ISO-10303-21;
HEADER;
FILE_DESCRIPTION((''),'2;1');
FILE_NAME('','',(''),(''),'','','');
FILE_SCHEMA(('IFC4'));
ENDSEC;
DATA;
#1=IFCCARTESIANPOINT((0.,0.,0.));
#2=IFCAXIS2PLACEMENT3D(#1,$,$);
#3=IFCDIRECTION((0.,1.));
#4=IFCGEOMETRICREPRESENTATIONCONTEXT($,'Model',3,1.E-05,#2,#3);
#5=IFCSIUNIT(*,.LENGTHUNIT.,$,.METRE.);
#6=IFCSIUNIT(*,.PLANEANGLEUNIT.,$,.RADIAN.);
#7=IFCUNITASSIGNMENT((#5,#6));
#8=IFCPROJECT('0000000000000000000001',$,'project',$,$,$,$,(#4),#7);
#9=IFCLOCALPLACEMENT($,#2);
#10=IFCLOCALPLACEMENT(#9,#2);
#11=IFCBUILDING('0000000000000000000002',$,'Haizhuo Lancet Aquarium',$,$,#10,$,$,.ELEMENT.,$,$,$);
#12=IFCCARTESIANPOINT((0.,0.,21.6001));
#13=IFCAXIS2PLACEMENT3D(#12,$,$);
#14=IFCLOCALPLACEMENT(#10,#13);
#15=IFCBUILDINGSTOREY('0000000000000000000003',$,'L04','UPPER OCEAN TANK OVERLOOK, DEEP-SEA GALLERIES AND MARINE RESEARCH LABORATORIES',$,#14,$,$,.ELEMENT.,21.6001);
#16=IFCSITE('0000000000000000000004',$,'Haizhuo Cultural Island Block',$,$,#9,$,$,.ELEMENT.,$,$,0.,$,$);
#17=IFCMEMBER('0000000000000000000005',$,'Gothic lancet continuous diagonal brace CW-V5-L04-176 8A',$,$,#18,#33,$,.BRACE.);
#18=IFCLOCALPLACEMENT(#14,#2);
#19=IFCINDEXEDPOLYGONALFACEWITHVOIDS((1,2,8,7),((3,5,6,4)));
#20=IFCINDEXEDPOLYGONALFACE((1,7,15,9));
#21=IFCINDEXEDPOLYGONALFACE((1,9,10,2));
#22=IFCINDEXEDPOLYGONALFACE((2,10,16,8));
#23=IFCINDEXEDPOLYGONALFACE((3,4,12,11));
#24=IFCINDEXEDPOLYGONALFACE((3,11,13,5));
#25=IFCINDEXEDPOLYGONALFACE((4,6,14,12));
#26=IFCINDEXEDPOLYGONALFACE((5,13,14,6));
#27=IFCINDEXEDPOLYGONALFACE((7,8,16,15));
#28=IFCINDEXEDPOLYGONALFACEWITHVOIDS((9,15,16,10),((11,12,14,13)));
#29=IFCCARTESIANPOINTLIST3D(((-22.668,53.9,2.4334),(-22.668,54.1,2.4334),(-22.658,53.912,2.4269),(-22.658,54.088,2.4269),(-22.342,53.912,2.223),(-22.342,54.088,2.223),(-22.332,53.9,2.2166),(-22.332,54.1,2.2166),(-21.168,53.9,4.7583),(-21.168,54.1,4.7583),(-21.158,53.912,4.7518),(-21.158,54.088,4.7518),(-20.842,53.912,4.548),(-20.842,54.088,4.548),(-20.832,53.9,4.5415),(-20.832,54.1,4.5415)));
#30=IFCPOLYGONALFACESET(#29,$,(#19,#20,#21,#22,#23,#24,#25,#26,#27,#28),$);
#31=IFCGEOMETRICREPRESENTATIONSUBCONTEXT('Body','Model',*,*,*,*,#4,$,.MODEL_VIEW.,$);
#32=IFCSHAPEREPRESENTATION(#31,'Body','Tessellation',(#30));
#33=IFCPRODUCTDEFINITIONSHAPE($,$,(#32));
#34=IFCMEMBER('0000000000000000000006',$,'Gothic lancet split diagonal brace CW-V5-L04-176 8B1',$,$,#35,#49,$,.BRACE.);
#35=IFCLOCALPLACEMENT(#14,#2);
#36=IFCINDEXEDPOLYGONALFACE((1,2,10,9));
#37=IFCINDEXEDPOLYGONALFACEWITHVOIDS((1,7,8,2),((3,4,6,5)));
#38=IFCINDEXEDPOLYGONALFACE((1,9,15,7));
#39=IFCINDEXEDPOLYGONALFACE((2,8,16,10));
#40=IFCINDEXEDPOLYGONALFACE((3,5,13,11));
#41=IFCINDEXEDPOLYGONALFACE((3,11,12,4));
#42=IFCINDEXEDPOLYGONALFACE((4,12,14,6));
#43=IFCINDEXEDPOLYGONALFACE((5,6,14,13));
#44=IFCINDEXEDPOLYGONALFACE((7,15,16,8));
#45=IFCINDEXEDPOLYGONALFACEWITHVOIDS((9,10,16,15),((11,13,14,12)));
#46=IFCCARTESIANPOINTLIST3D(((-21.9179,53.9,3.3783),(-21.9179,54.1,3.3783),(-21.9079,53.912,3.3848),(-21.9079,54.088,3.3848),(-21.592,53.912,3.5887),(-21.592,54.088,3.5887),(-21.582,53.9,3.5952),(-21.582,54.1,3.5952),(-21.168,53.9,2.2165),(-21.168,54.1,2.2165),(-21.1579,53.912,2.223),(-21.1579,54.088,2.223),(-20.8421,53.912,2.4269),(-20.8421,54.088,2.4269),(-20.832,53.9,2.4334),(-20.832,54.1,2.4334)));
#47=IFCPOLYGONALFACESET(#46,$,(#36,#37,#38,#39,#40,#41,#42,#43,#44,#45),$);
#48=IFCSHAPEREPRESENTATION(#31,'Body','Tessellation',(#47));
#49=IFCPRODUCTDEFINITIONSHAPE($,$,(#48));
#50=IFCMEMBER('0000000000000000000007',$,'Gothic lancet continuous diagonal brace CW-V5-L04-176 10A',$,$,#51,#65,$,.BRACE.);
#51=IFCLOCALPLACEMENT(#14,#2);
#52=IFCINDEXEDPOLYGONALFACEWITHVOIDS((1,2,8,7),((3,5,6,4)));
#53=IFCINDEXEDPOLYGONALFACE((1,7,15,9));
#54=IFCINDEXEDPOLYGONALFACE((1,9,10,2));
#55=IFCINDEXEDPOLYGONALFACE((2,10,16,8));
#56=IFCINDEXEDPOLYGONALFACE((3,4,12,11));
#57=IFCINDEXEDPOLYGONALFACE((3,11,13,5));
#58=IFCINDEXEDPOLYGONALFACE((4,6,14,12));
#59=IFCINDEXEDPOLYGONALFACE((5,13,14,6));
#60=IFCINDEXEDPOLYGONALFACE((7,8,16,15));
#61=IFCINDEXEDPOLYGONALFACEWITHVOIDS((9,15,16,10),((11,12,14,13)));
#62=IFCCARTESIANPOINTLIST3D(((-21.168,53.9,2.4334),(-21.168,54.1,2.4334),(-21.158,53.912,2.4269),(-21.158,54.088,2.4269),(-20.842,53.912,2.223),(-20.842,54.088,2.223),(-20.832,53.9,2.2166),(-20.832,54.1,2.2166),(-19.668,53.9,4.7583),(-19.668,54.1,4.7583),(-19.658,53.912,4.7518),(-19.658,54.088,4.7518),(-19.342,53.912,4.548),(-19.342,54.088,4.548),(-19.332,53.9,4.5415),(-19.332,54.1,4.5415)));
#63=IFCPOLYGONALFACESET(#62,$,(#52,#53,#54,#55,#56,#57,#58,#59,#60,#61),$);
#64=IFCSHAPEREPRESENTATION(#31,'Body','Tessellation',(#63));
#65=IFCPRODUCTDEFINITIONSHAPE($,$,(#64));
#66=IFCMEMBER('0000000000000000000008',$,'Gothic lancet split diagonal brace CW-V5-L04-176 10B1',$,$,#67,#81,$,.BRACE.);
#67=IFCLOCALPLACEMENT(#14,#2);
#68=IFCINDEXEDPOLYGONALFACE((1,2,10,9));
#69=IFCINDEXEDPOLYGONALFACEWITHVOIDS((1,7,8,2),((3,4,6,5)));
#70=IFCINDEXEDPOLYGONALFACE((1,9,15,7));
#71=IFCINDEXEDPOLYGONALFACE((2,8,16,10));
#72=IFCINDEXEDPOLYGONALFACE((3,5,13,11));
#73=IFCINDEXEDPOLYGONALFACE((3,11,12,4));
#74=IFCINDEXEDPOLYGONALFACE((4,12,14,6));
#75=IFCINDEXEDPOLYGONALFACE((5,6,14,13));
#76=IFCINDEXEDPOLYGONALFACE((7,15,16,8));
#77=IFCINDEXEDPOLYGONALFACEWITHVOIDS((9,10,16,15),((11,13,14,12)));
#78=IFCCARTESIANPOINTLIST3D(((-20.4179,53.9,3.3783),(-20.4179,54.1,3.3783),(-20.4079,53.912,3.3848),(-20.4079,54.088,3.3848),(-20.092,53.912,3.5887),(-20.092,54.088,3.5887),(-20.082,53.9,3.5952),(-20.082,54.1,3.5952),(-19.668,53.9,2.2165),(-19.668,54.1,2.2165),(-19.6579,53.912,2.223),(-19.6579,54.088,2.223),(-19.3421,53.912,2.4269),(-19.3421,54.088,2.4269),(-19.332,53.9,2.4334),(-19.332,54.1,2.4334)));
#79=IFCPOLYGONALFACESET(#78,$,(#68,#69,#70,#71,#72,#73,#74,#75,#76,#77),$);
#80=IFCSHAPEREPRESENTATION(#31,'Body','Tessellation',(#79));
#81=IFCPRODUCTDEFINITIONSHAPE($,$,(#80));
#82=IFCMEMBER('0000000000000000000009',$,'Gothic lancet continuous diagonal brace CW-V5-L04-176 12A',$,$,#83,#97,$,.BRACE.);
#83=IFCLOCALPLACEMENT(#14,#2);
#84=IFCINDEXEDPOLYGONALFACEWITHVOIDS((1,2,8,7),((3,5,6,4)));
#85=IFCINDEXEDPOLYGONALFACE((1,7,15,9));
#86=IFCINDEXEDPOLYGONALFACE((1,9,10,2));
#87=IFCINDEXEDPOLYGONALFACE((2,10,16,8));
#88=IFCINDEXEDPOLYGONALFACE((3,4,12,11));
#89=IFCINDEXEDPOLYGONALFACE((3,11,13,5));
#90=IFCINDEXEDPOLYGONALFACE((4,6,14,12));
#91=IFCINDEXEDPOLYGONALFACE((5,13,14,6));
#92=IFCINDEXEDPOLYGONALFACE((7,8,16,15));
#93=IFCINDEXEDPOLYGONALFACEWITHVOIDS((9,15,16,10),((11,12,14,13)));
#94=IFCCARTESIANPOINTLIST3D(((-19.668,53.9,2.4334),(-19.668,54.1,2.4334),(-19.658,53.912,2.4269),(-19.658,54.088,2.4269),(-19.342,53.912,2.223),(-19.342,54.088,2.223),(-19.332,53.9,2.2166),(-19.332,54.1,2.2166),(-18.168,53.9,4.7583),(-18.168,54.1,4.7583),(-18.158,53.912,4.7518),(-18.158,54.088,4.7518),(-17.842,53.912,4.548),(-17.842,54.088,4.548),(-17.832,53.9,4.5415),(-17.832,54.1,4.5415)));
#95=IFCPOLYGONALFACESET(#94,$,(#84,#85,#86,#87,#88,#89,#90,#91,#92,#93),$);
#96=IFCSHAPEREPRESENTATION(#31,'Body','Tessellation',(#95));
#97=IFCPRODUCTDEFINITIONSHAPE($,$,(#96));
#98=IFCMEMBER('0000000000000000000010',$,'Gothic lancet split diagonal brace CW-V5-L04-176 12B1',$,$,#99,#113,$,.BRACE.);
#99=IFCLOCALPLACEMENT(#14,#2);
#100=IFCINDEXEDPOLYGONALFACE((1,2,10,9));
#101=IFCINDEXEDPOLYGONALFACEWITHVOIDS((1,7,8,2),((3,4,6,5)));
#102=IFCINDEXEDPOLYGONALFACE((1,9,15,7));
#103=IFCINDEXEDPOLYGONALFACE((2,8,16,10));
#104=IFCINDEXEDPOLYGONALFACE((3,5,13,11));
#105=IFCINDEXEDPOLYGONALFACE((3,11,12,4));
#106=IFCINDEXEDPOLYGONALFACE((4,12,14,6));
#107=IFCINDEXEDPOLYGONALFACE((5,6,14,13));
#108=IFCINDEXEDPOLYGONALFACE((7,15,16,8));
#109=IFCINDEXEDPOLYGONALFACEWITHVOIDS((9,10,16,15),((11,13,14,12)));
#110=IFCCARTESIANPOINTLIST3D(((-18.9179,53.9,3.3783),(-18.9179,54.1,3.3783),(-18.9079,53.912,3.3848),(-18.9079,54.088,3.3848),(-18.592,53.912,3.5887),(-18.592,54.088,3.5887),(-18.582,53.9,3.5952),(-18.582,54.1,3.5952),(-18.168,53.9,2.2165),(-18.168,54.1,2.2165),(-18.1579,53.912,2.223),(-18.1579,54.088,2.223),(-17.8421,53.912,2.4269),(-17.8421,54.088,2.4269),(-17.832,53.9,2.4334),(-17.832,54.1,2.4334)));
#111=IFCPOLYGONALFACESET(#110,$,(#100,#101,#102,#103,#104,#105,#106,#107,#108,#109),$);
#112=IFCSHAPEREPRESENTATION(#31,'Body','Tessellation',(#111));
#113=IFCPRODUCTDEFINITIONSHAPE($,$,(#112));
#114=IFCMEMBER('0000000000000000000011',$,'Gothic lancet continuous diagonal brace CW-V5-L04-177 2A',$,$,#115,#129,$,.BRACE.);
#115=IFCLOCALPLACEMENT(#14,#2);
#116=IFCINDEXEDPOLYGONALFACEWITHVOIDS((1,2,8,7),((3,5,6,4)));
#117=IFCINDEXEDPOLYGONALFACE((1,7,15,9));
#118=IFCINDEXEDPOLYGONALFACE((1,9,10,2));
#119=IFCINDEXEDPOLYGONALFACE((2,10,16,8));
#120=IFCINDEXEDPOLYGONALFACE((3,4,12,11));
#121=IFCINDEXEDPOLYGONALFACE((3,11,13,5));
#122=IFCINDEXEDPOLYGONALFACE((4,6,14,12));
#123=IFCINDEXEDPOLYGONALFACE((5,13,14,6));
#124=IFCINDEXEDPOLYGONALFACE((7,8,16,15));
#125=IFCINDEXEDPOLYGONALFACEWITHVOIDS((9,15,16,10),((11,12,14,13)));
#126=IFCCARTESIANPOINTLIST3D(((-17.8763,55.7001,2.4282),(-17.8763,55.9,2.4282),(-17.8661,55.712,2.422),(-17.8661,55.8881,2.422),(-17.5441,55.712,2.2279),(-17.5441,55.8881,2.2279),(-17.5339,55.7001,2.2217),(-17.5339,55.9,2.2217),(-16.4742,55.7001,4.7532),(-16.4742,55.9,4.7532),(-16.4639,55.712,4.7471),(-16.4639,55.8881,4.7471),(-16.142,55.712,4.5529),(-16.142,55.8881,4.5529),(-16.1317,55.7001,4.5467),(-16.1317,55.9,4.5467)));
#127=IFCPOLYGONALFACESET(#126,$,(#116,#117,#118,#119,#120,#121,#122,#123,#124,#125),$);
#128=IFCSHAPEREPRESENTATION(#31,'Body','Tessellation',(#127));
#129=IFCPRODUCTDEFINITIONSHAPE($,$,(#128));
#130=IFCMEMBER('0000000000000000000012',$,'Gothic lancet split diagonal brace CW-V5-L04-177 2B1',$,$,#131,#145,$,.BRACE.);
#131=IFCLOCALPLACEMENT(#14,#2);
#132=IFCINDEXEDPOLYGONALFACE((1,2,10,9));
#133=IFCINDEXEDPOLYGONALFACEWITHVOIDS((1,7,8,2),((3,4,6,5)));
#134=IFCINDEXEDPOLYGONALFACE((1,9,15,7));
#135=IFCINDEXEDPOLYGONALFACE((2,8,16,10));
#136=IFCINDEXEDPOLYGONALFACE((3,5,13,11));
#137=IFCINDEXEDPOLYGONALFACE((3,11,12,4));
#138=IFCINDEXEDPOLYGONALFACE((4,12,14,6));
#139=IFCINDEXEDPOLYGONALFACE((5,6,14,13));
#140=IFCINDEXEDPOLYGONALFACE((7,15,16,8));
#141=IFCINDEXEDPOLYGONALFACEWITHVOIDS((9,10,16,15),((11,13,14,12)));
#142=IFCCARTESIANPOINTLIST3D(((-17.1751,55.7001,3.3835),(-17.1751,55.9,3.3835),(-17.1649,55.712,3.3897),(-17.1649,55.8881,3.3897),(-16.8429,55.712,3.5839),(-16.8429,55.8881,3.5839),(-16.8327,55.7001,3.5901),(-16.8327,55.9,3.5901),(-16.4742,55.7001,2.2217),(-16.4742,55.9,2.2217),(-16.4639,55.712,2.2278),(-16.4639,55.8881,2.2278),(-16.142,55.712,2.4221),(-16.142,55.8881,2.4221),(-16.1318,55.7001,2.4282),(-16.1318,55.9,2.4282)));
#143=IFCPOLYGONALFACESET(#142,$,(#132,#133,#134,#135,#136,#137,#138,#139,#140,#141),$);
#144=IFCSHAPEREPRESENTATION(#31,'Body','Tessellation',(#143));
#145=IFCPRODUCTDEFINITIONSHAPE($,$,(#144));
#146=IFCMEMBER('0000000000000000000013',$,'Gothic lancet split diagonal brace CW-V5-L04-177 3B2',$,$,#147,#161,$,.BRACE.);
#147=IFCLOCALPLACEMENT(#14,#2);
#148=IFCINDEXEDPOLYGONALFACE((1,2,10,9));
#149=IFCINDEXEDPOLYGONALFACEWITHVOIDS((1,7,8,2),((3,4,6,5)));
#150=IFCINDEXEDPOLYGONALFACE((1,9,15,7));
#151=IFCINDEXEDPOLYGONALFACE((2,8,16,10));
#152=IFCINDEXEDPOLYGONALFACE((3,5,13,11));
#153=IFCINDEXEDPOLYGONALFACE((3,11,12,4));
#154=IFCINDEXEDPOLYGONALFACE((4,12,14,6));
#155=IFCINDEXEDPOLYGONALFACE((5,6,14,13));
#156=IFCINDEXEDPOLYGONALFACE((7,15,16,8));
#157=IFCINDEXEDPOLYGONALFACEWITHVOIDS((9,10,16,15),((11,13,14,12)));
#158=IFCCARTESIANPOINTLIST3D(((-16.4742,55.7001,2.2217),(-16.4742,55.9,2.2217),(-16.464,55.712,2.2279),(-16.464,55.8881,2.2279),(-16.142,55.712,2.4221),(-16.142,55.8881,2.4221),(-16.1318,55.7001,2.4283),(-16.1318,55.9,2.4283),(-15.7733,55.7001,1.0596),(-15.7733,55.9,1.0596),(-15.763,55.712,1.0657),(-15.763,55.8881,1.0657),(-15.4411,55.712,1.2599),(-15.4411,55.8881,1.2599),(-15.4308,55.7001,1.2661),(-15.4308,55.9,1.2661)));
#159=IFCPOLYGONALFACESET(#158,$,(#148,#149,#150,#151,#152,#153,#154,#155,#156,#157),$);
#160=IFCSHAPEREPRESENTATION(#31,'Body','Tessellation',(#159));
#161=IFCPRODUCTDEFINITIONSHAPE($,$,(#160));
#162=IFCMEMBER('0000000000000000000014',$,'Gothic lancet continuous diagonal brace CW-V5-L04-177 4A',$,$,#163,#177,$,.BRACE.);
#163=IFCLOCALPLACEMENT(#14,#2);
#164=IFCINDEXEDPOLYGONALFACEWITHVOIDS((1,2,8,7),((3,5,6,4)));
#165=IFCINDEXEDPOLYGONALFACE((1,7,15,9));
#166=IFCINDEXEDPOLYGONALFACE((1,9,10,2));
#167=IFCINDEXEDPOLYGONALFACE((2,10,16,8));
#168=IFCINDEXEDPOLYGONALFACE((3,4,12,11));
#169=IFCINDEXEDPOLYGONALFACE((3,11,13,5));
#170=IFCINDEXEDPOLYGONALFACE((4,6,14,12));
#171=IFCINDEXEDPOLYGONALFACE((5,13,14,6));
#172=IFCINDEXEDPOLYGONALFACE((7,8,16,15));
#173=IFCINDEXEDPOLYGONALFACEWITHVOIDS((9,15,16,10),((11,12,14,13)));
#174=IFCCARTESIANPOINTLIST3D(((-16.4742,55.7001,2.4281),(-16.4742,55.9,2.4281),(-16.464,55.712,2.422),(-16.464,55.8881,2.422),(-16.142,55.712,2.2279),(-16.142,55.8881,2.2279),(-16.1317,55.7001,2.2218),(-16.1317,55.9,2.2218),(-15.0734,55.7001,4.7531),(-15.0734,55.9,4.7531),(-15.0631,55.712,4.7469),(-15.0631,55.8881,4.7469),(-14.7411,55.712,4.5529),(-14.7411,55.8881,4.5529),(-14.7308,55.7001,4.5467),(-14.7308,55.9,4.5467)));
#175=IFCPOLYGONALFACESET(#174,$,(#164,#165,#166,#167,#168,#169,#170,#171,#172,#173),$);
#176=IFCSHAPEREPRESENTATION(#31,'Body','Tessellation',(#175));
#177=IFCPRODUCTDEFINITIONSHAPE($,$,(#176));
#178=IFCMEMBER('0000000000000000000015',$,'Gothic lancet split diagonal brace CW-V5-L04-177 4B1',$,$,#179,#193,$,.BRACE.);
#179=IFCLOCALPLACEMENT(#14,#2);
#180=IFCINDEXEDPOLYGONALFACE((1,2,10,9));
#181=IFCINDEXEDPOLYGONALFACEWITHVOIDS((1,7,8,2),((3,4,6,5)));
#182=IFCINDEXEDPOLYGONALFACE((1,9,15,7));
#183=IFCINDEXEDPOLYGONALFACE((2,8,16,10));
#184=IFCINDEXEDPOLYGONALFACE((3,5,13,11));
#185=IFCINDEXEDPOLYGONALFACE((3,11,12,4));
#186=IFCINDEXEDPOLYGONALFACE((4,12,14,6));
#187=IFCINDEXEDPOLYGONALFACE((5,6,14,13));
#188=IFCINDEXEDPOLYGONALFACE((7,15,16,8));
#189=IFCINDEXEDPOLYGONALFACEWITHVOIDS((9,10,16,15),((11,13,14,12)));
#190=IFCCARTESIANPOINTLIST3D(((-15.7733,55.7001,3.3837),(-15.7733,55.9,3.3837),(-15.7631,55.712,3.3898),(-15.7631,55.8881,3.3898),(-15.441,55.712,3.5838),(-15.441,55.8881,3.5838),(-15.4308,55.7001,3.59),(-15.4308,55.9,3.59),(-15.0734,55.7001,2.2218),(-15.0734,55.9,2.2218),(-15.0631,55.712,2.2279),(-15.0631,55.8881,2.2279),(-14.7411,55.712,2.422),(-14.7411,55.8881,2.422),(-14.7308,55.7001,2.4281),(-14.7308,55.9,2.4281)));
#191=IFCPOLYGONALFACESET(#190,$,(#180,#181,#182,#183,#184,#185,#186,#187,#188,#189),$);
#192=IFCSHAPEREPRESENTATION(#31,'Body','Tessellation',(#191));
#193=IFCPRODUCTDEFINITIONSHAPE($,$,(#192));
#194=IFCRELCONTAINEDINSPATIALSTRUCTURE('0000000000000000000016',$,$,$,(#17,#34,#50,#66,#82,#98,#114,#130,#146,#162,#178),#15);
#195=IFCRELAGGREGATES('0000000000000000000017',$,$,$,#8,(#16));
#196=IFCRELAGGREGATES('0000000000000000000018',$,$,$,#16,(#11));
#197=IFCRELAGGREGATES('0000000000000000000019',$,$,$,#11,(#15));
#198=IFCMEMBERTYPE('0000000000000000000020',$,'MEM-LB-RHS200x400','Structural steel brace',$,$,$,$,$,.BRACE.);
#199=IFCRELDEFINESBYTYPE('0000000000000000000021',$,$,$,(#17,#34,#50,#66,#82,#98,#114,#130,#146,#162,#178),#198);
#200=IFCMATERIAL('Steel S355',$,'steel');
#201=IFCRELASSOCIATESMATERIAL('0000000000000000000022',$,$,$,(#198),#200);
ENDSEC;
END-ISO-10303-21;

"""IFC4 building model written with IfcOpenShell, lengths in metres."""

from ifc_helpers import new_model, si_unit, direction, frame, origin, origin_2d, place, context, subcontext, project, spatial, hollow_rectangle, extrude, material, material_profile, profile_set, type_object, element, save


model = new_model("IFC4")

# Units and contexts
model_context = context("Model", 3, precision=1e-05, world=origin(), true_north=direction((0.0, 1.0)))
body_context = subcontext(model_context, "Body", "Model", "MODEL_VIEW")
ifc_project = project(units=[si_unit("LENGTHUNIT", "METRE"), si_unit("PLANEANGLEUNIT", "RADIAN")], contexts=[model_context])

# Site, building, storey
site_placement = place(None, origin())
site = spatial("IfcSite", under=ifc_project, at=site_placement, Name="Haizhuo Cultural Island Block", CompositionType="ELEMENT", RefElevation=0.0)
building_placement = place(site_placement, origin())
building = spatial("IfcBuilding", under=site, at=building_placement, Name="Haizhuo Lancet Aquarium", CompositionType="ELEMENT")
storey_placement = place(building_placement, frame((0.0, 0.0, 21.6001)))
storey = spatial("IfcBuildingStorey", under=building, at=storey_placement, Name="L04", Description="UPPER OCEAN TANK OVERLOOK, DEEP-SEA GALLERIES AND MARINE RESEARCH LABORATORIES", CompositionType="ELEMENT", Elevation=21.6001)

# Members
ifc_material_1 = material(Name="Steel S355", Category="steel")
ifc_material_profile_1 = material_profile(ifc_material_1, hollow_rectangle(XDim=0.2, YDim=0.3999, WallThickness=0.012, at=origin_2d()), Name="RHS 200x400x12")
ifc_profile_set_1 = profile_set([ifc_material_profile_1], Name="Steel S355")
member_type_1 = type_object("IfcMemberType", Name="MEM-LB-RHS200x400", Description="Structural steel brace", PredefinedType="BRACE", material=ifc_profile_set_1)
member_1_placement = place(storey_placement, frame((-22.5, 54.0, 2.325), z_axis=(0.542135, 0.0, 0.840291), x_axis=(0.0, 1.0, 0.0)))
element("IfcMember", 1, at=member_1_placement, inside=storey, type_object=member_type_1, Name="Gothic lancet continuous diagonal brace CW-V5-L04-176 8A", PredefinedType="BRACE", context=body_context, shape_type="SweptSolid", body=[
    extrude(hollow_rectangle(XDim=0.2, YDim=0.3999, WallThickness=0.012, at=origin_2d()), origin(), (0.0, 0.0, 1.0), 2.7668),
])
member_2_placement = place(storey_placement, frame((-21.0, 54.0, 2.325), z_axis=(-0.542336, 0.0, 0.840162), x_axis=(0.0, -1.0, 0.0)))
element("IfcMember", 2, at=member_2_placement, inside=storey, type_object=member_type_1, Name="Gothic lancet split diagonal brace CW-V5-L04-176 8B1", PredefinedType="BRACE", context=body_context, shape_type="SweptSolid", body=[
    extrude(hollow_rectangle(XDim=0.2, YDim=0.3999, WallThickness=0.012, at=origin_2d()), origin(), (0.0, 0.0, 1.0), 1.3828),
])
member_3_placement = place(storey_placement, frame((-21.0, 54.0, 2.325), z_axis=(0.542135, 0.0, 0.840291), x_axis=(0.0, 1.0, 0.0)))
element("IfcMember", 3, at=member_3_placement, inside=storey, type_object=member_type_1, Name="Gothic lancet continuous diagonal brace CW-V5-L04-176 10A", PredefinedType="BRACE", context=body_context, shape_type="SweptSolid", body=[
    extrude(hollow_rectangle(XDim=0.2, YDim=0.3999, WallThickness=0.012, at=origin_2d()), origin(), (0.0, 0.0, 1.0), 2.7668),
])
member_4_placement = place(storey_placement, frame((-19.5, 54.0, 2.325), z_axis=(-0.542336, 0.0, 0.840162), x_axis=(0.0, -1.0, 0.0)))
element("IfcMember", 4, at=member_4_placement, inside=storey, type_object=member_type_1, Name="Gothic lancet split diagonal brace CW-V5-L04-176 10B1", PredefinedType="BRACE", context=body_context, shape_type="SweptSolid", body=[
    extrude(hollow_rectangle(XDim=0.2, YDim=0.3999, WallThickness=0.012, at=origin_2d()), origin(), (0.0, 0.0, 1.0), 1.3828),
])
member_5_placement = place(storey_placement, frame((-19.5, 54.0, 2.325), z_axis=(0.542135, 0.0, 0.840291), x_axis=(0.0, 1.0, 0.0)))
element("IfcMember", 5, at=member_5_placement, inside=storey, type_object=member_type_1, Name="Gothic lancet continuous diagonal brace CW-V5-L04-176 12A", PredefinedType="BRACE", context=body_context, shape_type="SweptSolid", body=[
    extrude(hollow_rectangle(XDim=0.2, YDim=0.3999, WallThickness=0.012, at=origin_2d()), origin(), (0.0, 0.0, 1.0), 2.7668),
])
member_6_placement = place(storey_placement, frame((-18.0, 54.0, 2.325), z_axis=(-0.542336, 0.0, 0.840162), x_axis=(0.0, -1.0, 0.0)))
element("IfcMember", 6, at=member_6_placement, inside=storey, type_object=member_type_1, Name="Gothic lancet split diagonal brace CW-V5-L04-176 12B1", PredefinedType="BRACE", context=body_context, shape_type="SweptSolid", body=[
    extrude(hollow_rectangle(XDim=0.2, YDim=0.3999, WallThickness=0.012, at=origin_2d()), origin(), (0.0, 0.0, 1.0), 1.3828),
])
member_7_placement = place(storey_placement, frame((-17.7051, 55.8, 2.325), z_axis=(0.516425, 0.0, 0.856332), x_axis=(0.0, 1.0, 0.0)))
element("IfcMember", 7, at=member_7_placement, inside=storey, type_object=member_type_1, Name="Gothic lancet continuous diagonal brace CW-V5-L04-177 2A", PredefinedType="BRACE", context=body_context, shape_type="SweptSolid", body=[
    extrude(hollow_rectangle(XDim=0.2, YDim=0.3999, WallThickness=0.012, at=origin_2d()), origin(), (0.0, 0.0, 1.0), 2.7151),
])
member_8_placement = place(storey_placement, frame((-16.303, 55.8, 2.325), z_axis=(-0.516558, 0.0, 0.856252), x_axis=(0.0, -1.0, 0.0)))
element("IfcMember", 8, at=member_8_placement, inside=storey, type_object=member_type_1, Name="Gothic lancet split diagonal brace CW-V5-L04-177 2B1", PredefinedType="BRACE", context=body_context, shape_type="SweptSolid", body=[
    extrude(hollow_rectangle(XDim=0.2, YDim=0.3999, WallThickness=0.012, at=origin_2d()), origin(), (0.0, 0.0, 1.0), 1.3569),
])
member_9_placement = place(storey_placement, frame((-15.6021, 55.8, 1.1628), z_axis=(-0.516479, 0.0, 0.8563), x_axis=(0.0, -1.0, 0.0)))
element("IfcMember", 9, at=member_9_placement, inside=storey, type_object=member_type_1, Name="Gothic lancet split diagonal brace CW-V5-L04-177 3B2", PredefinedType="BRACE", context=body_context, shape_type="SweptSolid", body=[
    extrude(hollow_rectangle(XDim=0.2, YDim=0.3999, WallThickness=0.012, at=origin_2d()), origin(), (0.0, 0.0, 1.0), 1.3572),
])
member_10_placement = place(storey_placement, frame((-16.303, 55.8, 2.325), z_axis=(0.516095, 0.0, 0.856531), x_axis=(0.0, 1.0, 0.0)))
element("IfcMember", 10, at=member_10_placement, inside=storey, type_object=member_type_1, Name="Gothic lancet continuous diagonal brace CW-V5-L04-177 4A", PredefinedType="BRACE", context=body_context, shape_type="SweptSolid", body=[
    extrude(hollow_rectangle(XDim=0.2, YDim=0.3999, WallThickness=0.012, at=origin_2d()), origin(), (0.0, 0.0, 1.0), 2.7144),
])
member_11_placement = place(storey_placement, frame((-14.9021, 55.8, 2.325), z_axis=(-0.51603, 0.0, 0.85657), x_axis=(0.0, -1.0, 0.0)))
element("IfcMember", 11, at=member_11_placement, inside=storey, type_object=member_type_1, Name="Gothic lancet split diagonal brace CW-V5-L04-177 4B1", PredefinedType="BRACE", context=body_context, shape_type="SweptSolid", body=[
    extrude(hollow_rectangle(XDim=0.2, YDim=0.3999, WallThickness=0.012, at=origin_2d()), origin(), (0.0, 0.0, 1.0), 1.3564),
])

save(model, "model.ifc")
